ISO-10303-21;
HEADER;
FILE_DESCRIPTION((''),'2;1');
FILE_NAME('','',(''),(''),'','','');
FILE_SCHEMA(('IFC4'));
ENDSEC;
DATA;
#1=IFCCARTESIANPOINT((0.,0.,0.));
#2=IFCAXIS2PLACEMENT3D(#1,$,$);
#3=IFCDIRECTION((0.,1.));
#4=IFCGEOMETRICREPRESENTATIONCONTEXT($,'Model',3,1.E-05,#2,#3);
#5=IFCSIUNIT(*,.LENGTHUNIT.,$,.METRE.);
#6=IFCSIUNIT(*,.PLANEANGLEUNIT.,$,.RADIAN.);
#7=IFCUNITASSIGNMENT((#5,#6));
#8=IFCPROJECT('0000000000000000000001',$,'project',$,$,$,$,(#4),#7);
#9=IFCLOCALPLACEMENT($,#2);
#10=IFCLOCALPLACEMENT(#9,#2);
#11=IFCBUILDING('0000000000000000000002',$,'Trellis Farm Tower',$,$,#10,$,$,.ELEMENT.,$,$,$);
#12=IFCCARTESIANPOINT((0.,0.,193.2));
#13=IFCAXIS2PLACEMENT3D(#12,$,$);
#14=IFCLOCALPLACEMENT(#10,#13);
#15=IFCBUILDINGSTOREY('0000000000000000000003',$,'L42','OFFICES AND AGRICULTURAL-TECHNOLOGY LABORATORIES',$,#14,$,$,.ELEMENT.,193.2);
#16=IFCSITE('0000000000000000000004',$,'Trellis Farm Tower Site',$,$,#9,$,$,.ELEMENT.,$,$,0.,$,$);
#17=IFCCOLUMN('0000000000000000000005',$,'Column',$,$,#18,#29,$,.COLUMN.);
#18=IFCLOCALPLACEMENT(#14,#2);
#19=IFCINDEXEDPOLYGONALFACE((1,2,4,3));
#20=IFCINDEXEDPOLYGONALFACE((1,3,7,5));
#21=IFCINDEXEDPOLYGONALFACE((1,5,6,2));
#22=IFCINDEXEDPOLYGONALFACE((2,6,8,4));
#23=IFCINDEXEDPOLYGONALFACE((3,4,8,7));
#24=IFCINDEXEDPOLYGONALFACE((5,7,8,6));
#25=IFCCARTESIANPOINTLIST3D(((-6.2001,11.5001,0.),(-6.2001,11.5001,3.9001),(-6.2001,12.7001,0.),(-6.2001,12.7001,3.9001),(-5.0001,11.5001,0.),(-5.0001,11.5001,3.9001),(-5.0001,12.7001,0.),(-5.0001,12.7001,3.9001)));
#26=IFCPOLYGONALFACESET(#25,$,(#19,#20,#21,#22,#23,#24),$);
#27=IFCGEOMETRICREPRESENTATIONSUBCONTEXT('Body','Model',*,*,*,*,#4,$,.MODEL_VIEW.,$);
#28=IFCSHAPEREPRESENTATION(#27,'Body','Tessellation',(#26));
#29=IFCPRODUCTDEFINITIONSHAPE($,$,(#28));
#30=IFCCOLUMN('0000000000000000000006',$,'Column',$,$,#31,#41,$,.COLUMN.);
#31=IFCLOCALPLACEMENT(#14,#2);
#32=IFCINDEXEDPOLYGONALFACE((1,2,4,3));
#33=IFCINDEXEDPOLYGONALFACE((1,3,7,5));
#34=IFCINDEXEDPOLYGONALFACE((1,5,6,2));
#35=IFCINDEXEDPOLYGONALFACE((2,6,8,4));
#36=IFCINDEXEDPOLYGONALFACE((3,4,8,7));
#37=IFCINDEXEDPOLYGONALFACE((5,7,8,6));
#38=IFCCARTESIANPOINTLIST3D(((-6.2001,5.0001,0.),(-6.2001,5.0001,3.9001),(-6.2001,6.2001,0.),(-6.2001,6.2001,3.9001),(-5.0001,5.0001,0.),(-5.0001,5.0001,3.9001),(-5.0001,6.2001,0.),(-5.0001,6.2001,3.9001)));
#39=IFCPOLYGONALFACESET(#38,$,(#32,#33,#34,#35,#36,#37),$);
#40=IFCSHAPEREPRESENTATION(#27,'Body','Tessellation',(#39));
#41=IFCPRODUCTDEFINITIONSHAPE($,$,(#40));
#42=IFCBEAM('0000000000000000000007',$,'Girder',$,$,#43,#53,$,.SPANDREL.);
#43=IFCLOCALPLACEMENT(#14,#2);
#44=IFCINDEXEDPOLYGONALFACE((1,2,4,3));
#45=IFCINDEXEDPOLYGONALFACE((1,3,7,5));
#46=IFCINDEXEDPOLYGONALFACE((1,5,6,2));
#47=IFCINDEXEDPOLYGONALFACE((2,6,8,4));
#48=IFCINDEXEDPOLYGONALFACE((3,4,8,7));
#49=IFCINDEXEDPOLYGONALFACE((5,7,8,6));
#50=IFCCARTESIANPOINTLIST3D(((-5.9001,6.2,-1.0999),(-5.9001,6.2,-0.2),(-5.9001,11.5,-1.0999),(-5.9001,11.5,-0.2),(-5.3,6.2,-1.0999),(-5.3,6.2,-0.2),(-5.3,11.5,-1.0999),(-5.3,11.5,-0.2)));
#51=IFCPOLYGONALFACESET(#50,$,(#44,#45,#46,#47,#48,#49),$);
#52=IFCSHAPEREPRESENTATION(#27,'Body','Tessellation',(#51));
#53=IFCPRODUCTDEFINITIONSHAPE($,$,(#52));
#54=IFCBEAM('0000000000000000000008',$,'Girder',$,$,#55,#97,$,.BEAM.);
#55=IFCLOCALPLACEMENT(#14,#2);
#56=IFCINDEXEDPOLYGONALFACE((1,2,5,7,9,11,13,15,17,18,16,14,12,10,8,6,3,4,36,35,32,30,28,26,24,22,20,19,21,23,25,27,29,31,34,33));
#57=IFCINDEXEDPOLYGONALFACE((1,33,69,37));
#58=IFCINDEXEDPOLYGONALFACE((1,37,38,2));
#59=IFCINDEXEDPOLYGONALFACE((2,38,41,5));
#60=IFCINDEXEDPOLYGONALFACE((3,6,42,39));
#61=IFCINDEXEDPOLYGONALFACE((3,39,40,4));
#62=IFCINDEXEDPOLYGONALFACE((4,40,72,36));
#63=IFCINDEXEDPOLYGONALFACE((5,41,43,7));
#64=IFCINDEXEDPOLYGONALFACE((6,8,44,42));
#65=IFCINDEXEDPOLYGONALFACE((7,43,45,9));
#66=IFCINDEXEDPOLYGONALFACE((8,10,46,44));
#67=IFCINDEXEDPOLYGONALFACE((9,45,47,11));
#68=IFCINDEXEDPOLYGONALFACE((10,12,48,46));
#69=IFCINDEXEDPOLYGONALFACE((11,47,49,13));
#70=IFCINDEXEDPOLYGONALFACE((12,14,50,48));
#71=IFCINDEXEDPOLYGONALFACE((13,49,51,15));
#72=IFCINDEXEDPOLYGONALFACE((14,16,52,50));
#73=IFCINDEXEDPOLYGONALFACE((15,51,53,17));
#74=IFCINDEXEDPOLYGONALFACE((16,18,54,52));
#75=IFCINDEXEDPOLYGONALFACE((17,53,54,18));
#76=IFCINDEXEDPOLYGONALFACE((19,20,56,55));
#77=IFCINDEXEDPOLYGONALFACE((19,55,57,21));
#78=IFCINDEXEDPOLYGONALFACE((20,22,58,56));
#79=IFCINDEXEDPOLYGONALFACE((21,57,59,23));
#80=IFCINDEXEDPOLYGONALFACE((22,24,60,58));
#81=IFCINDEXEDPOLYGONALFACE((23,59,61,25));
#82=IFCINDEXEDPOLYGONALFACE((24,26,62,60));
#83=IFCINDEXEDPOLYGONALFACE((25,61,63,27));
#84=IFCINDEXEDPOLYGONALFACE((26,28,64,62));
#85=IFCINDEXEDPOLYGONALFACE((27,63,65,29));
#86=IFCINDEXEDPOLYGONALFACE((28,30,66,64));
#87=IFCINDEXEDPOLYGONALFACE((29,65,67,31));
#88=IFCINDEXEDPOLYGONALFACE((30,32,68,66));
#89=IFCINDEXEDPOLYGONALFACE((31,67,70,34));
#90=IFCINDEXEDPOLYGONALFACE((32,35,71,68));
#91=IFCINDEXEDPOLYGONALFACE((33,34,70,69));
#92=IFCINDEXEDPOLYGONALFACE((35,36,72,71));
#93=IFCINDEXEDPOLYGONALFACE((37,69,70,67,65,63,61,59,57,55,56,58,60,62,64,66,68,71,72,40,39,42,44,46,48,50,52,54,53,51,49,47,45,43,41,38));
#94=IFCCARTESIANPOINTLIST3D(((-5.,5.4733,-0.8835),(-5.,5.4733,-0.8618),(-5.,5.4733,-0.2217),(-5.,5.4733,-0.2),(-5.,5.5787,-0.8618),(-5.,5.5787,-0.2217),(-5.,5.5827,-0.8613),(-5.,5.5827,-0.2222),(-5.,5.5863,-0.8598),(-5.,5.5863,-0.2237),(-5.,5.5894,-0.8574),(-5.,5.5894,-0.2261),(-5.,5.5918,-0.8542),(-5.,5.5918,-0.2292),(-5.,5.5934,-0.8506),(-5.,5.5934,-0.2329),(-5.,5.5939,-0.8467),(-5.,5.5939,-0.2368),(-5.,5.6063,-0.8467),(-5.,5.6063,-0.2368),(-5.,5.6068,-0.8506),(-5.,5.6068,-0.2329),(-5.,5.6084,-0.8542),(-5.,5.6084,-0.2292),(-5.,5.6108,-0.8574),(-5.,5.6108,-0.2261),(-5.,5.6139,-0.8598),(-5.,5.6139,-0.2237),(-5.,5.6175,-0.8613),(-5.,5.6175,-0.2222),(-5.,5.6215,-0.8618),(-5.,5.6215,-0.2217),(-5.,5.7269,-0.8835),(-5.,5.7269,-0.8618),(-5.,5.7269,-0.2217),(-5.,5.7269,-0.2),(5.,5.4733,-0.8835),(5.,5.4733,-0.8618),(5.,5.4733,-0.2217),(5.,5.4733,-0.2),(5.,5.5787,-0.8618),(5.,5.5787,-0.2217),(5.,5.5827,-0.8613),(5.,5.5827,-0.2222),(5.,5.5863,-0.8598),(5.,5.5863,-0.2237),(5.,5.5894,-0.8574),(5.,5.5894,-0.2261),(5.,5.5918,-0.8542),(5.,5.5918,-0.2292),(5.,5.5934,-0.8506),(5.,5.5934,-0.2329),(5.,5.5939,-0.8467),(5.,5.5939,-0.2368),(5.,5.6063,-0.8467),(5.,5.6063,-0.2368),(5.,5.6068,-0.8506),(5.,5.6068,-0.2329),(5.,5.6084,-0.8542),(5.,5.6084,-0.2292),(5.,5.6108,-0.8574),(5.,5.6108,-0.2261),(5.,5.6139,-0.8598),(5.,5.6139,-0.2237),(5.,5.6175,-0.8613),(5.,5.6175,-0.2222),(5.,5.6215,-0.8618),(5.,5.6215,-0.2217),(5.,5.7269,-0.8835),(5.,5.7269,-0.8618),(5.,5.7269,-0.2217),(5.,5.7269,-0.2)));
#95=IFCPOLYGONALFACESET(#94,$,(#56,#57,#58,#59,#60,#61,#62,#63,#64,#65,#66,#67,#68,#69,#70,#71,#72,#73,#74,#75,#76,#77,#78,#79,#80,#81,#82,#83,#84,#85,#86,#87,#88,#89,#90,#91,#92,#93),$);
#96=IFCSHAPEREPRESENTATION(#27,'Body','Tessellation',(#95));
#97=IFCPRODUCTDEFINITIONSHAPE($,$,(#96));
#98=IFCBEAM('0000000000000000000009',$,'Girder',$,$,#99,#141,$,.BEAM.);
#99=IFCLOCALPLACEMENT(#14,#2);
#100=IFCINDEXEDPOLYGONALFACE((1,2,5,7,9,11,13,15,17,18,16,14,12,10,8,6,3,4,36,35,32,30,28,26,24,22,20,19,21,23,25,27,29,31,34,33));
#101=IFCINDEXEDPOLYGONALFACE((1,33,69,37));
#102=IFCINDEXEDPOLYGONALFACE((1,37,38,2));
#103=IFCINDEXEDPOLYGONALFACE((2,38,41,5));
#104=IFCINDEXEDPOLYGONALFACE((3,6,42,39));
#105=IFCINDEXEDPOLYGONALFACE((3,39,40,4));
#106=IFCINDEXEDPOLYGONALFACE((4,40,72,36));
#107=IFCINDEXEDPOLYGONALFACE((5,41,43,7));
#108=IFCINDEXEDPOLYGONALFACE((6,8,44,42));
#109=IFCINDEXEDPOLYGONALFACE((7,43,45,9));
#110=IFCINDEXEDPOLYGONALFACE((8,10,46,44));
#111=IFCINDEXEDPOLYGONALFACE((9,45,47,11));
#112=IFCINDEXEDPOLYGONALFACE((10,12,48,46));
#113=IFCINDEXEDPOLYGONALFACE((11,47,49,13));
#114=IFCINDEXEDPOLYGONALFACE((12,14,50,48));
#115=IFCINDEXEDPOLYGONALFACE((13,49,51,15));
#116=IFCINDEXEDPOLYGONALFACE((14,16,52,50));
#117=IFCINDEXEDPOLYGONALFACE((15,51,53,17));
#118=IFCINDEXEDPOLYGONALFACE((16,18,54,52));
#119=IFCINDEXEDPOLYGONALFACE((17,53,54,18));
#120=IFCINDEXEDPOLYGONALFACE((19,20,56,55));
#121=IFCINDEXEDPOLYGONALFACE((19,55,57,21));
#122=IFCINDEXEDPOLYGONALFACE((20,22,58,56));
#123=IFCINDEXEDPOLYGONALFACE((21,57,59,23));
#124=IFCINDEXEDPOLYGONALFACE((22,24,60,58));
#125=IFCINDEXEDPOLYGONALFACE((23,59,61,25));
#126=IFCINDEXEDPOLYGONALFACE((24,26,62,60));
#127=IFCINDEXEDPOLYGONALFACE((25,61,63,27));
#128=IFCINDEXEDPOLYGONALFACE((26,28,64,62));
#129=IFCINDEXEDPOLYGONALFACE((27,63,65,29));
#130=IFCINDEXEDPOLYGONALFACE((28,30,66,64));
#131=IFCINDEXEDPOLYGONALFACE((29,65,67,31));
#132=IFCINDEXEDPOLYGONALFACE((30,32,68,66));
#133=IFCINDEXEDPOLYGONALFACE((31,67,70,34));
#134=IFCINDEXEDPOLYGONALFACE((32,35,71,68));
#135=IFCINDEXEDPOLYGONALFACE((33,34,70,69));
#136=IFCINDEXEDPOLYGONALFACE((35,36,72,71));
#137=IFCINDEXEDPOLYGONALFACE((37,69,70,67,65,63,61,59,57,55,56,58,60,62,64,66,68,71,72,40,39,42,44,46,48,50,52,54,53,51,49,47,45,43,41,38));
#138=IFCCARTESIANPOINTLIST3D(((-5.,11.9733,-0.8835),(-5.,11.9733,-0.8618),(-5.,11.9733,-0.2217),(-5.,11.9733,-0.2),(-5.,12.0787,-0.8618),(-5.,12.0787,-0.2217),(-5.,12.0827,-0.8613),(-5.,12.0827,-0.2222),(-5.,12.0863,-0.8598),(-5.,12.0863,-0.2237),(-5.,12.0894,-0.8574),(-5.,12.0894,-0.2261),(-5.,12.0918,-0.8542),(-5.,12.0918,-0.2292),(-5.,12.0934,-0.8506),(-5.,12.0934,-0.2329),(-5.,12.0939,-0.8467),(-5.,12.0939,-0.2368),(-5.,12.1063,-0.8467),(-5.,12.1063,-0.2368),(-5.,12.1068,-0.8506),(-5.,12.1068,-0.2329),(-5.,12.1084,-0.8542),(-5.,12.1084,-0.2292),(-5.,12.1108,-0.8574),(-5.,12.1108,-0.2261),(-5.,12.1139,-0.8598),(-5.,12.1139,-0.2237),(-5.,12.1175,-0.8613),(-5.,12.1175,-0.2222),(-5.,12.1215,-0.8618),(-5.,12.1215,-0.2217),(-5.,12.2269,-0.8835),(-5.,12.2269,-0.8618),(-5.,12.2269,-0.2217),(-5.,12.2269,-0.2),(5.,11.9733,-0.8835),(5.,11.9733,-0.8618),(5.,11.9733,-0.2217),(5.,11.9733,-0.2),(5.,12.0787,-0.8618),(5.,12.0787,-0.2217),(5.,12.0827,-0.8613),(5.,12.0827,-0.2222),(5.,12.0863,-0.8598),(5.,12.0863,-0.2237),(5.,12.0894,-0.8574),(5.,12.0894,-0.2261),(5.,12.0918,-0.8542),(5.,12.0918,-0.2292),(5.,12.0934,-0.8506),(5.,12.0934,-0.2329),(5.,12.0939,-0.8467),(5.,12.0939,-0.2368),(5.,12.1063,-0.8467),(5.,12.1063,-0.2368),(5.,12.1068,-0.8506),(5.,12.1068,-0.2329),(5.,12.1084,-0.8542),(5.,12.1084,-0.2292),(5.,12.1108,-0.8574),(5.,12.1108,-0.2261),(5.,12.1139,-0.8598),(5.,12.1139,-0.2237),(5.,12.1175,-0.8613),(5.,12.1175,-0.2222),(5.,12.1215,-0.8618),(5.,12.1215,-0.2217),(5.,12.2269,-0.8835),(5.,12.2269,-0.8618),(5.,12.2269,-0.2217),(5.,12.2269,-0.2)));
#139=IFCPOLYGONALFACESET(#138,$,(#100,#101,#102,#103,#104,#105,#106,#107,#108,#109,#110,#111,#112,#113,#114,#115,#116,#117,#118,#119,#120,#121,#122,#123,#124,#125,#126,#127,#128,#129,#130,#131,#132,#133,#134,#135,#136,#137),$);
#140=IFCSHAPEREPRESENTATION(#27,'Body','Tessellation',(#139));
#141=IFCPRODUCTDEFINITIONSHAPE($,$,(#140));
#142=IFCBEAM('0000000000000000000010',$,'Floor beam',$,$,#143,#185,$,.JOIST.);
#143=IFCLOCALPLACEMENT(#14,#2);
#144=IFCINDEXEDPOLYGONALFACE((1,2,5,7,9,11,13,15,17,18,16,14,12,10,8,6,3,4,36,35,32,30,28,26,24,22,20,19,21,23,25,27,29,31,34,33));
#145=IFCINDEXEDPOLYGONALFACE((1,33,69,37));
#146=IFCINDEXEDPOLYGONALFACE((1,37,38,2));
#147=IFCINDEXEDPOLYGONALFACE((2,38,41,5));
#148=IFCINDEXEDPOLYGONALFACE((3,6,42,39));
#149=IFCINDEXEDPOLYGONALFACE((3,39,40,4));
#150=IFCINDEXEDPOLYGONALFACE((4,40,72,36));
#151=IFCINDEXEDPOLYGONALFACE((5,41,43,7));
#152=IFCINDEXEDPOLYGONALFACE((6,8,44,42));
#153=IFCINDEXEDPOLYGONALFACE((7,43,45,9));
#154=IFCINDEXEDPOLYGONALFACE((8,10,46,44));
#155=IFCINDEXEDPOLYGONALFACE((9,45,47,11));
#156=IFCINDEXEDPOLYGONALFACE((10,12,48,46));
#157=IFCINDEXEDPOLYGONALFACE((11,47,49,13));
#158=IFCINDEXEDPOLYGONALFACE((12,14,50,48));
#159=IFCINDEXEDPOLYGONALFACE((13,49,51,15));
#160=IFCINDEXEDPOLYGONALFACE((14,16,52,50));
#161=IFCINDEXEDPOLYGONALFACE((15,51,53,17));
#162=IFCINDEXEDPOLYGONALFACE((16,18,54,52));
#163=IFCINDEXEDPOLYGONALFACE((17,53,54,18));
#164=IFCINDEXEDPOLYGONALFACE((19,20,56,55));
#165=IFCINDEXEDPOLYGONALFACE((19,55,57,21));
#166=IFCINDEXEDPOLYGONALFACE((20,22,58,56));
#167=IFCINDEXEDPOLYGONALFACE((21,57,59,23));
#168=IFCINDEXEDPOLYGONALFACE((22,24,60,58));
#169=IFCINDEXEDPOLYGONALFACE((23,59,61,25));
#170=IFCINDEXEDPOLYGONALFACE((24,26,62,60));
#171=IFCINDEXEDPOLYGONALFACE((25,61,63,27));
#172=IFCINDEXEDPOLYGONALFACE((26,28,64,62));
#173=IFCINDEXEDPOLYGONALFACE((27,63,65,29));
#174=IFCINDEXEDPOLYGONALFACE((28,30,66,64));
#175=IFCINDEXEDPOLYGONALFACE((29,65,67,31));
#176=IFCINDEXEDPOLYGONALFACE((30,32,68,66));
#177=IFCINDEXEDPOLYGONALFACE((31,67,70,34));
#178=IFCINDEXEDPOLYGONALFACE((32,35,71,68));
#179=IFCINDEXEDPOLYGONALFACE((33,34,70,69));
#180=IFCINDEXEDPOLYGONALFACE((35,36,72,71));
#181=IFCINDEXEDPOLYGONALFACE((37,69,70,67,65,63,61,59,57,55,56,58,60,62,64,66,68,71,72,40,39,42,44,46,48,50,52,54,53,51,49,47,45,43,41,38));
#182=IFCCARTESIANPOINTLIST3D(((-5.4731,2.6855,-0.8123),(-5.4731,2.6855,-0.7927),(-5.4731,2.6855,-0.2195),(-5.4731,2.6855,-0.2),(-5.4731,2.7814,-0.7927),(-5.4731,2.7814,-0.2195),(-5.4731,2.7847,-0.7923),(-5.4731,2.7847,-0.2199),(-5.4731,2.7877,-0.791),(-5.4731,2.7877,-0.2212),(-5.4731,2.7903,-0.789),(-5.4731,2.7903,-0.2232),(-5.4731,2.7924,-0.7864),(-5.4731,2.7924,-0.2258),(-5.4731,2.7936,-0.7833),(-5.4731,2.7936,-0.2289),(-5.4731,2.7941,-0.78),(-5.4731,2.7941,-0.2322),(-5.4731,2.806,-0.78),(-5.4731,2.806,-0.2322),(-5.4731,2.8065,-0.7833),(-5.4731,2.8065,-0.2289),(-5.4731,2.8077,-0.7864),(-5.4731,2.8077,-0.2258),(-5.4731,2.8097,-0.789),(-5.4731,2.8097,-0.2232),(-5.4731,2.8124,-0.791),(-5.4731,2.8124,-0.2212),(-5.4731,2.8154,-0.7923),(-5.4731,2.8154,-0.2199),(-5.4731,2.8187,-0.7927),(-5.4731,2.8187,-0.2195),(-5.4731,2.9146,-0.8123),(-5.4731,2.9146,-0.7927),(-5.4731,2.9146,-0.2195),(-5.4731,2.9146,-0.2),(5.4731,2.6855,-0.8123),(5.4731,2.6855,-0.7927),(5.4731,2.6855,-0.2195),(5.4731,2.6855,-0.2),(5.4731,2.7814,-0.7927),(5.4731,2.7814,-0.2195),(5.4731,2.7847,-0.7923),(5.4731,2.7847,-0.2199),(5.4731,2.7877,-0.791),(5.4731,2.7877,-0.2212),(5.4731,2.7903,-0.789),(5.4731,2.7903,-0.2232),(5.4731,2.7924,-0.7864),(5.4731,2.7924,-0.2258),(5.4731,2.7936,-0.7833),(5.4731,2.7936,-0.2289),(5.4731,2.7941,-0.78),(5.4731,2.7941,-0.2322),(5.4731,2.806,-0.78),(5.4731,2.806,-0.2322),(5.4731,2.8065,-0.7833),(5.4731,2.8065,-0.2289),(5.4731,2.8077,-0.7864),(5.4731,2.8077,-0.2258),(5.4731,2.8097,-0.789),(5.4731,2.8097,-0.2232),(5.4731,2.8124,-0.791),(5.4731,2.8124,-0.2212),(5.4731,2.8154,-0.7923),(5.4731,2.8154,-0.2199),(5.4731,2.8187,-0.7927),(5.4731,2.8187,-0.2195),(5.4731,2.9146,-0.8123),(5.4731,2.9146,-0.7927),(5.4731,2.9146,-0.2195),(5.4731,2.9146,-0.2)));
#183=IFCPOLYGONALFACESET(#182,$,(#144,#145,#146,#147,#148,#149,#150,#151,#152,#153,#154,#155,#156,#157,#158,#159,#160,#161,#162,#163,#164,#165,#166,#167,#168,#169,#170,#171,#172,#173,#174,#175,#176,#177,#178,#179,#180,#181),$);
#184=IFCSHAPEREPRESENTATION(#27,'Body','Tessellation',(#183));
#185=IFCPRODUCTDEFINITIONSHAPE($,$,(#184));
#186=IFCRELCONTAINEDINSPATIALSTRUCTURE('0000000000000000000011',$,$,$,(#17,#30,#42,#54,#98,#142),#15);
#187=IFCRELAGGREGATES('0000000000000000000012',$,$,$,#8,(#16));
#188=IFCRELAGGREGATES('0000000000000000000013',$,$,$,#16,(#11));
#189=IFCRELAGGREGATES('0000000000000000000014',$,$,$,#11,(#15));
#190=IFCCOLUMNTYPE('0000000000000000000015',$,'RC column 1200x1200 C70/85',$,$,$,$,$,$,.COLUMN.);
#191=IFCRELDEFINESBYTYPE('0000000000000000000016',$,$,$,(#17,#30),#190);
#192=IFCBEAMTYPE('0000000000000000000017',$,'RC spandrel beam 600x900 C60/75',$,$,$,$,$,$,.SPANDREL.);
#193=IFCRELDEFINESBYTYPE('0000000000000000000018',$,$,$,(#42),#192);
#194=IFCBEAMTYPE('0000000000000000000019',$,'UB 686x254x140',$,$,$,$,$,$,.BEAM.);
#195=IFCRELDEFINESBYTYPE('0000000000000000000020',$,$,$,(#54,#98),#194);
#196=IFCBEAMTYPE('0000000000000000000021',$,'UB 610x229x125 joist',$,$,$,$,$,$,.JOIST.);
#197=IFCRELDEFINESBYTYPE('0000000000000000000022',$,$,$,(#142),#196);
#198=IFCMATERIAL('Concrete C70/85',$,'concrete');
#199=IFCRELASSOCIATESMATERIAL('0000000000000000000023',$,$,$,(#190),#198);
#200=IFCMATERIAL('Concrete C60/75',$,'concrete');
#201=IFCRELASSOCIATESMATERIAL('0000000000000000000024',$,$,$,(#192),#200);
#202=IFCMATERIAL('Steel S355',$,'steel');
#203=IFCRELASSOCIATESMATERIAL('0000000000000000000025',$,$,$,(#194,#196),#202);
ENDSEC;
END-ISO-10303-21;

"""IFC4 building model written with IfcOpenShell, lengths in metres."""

from ifc_helpers import new_model, si_unit, direction, frame, origin, origin_2d, place, context, subcontext, project, spatial, rectangle, i_section, extrude, source, transform, mapped, material, material_profile, profile_set, type_object, element, save


model = new_model("IFC4")

# Units and contexts
model_context = context("Model", 3, precision=1e-05, world=origin(), true_north=direction((0.0, 1.0)))
body_context = subcontext(model_context, "Body", "Model", "MODEL_VIEW")
ifc_project = project(units=[si_unit("LENGTHUNIT", "METRE"), si_unit("PLANEANGLEUNIT", "RADIAN")], contexts=[model_context])

# Site, building, storey
site_placement = place(None, origin())
site = spatial("IfcSite", under=ifc_project, at=site_placement, Name="Trellis Farm Tower Site", CompositionType="ELEMENT", RefElevation=0.0)
building_placement = place(site_placement, origin())
building = spatial("IfcBuilding", under=site, at=building_placement, Name="Trellis Farm Tower", CompositionType="ELEMENT")
storey_placement = place(building_placement, frame((0.0, 0.0, 193.2)))
storey = spatial("IfcBuildingStorey", under=building, at=storey_placement, Name="L42", Description="OFFICES AND AGRICULTURAL-TECHNOLOGY LABORATORIES", CompositionType="ELEMENT", Elevation=193.2)

# Columns
ifc_material_1 = material(Name="Concrete C70/85", Category="concrete")
ifc_material_profile_1 = material_profile(ifc_material_1, rectangle(XDim=1.2, YDim=1.2, at=origin_2d()), Name="RC column 1200x1200 C70/85")
ifc_profile_set_1 = profile_set([ifc_material_profile_1], Name="Concrete C70/85")
column_type = type_object("IfcColumnType", Name="RC column 1200x1200 C70/85", PredefinedType="COLUMN", material=ifc_profile_set_1)
shared_shape_1 = source(origin(), body_context, "Body", "SweptSolid", [
    extrude(rectangle(XDim=1.2, YDim=1.2, at=origin_2d()), origin(), (0.0, 0.0, 1.0), 3.9001),
])
for number, where, z_axis, x_axis, name in (
    (1, (-5.6001, 12.1001, 0.0), (0.0, 0.0, 1.0), (1.0, 0.0, 0.0), "Column"),
    (2, (-5.6001, 5.6001, 0.0), (0.0, 0.0, 1.0), (1.0, 0.0, 0.0), "Column"),
):
    element("IfcColumn", number, at=place(storey_placement, frame(where, z_axis=z_axis, x_axis=x_axis)), inside=storey, type_object=column_type, Name=name, PredefinedType="COLUMN", context=body_context, shape_type="MappedRepresentation", body=[
        mapped(shared_shape_1, transform((0.0, 0.0, 0.0))),
    ])

# Beams
ifc_material_2 = material(Name="Concrete C60/75", Category="concrete")
ifc_material_profile_2 = material_profile(ifc_material_2, rectangle(XDim=0.6001, YDim=0.8999, at=origin_2d()), Name="RC spandrel beam 600x900 C60/75")
ifc_profile_set_2 = profile_set([ifc_material_profile_2], Name="Concrete C60/75")
beam_type_1 = type_object("IfcBeamType", Name="RC spandrel beam 600x900 C60/75", PredefinedType="SPANDREL", material=ifc_profile_set_2)
shared_shape_2 = source(origin(), body_context, "Body", "SweptSolid", [
    extrude(rectangle(XDim=0.6001, YDim=0.8999, at=origin_2d()), origin(), (0.0, 0.0, 1.0), 5.3),
])
beam_1_placement = place(storey_placement, frame((-5.6001, 6.2, -0.6499), z_axis=(0.0, 1.0, 0.0), x_axis=(-1.0, 0.0, 0.0)))
element("IfcBeam", 3, at=beam_1_placement, inside=storey, type_object=beam_type_1, Name="Girder", PredefinedType="SPANDREL", context=body_context, shape_type="MappedRepresentation", body=[
    mapped(shared_shape_2, transform((0.0, 0.0, 0.0))),
])
ifc_material_3 = material(Name="Steel S355", Category="steel")
ifc_material_profile_3 = material_profile(ifc_material_3, i_section(OverallWidth=0.2537, OverallDepth=0.6836, WebThickness=0.0125, FlangeThickness=0.0217, FilletRadius=0.0151, at=origin_2d()), Name="UB 686x254x140")
ifc_profile_set_3 = profile_set([ifc_material_profile_3], Name="Steel S355")
beam_type_2 = type_object("IfcBeamType", Name="UB 686x254x140", PredefinedType="BEAM", material=ifc_profile_set_3)
shared_shape_3 = source(origin(), body_context, "Body", "SweptSolid", [
    extrude(i_section(OverallWidth=0.2537, OverallDepth=0.6836, WebThickness=0.0125, FlangeThickness=0.0217, FilletRadius=0.0151, at=origin_2d()), origin(), (0.0, 0.0, 1.0), 10.0),
])
for number, where, z_axis, x_axis, name in (
    (4, (-5.0, 5.6001, -0.5417), (1.0, 0.0, 0.0), (0.0, 1.0, 0.0), "Girder"),
    (5, (-5.0, 12.1001, -0.5417), (1.0, 0.0, 0.0), (0.0, 1.0, 0.0), "Girder"),
):
    element("IfcBeam", number, at=place(storey_placement, frame(where, z_axis=z_axis, x_axis=x_axis)), inside=storey, type_object=beam_type_2, Name=name, PredefinedType="BEAM", context=body_context, shape_type="MappedRepresentation", body=[
        mapped(shared_shape_3, transform((0.0, 0.0, 0.0))),
    ])
ifc_material_profile_4 = material_profile(ifc_material_3, i_section(OverallWidth=0.229, OverallDepth=0.6123, WebThickness=0.012, FlangeThickness=0.0195, FilletRadius=0.0127, at=origin_2d()), Name="UB 610x229x125")
ifc_profile_set_4 = profile_set([ifc_material_profile_4], Name="Steel S355")
beam_type_3 = type_object("IfcBeamType", Name="UB 610x229x125 joist", PredefinedType="JOIST", material=ifc_profile_set_4)
shared_shape_4 = source(origin(), body_context, "Body", "SweptSolid", [
    extrude(i_section(OverallWidth=0.229, OverallDepth=0.6123, WebThickness=0.012, FlangeThickness=0.0195, FilletRadius=0.0127, at=origin_2d()), origin(), (0.0, 0.0, 1.0), 10.9463),
])
beam_2_placement = place(storey_placement, frame((-5.4731, 2.8, -0.5061), z_axis=(1.0, 0.0, 0.0), x_axis=(0.0, 1.0, 0.0)))
element("IfcBeam", 6, at=beam_2_placement, inside=storey, type_object=beam_type_3, Name="Floor beam", PredefinedType="JOIST", context=body_context, shape_type="MappedRepresentation", body=[
    mapped(shared_shape_4, transform((0.0, 0.0, 0.0))),
])

save(model, "model.ifc")
